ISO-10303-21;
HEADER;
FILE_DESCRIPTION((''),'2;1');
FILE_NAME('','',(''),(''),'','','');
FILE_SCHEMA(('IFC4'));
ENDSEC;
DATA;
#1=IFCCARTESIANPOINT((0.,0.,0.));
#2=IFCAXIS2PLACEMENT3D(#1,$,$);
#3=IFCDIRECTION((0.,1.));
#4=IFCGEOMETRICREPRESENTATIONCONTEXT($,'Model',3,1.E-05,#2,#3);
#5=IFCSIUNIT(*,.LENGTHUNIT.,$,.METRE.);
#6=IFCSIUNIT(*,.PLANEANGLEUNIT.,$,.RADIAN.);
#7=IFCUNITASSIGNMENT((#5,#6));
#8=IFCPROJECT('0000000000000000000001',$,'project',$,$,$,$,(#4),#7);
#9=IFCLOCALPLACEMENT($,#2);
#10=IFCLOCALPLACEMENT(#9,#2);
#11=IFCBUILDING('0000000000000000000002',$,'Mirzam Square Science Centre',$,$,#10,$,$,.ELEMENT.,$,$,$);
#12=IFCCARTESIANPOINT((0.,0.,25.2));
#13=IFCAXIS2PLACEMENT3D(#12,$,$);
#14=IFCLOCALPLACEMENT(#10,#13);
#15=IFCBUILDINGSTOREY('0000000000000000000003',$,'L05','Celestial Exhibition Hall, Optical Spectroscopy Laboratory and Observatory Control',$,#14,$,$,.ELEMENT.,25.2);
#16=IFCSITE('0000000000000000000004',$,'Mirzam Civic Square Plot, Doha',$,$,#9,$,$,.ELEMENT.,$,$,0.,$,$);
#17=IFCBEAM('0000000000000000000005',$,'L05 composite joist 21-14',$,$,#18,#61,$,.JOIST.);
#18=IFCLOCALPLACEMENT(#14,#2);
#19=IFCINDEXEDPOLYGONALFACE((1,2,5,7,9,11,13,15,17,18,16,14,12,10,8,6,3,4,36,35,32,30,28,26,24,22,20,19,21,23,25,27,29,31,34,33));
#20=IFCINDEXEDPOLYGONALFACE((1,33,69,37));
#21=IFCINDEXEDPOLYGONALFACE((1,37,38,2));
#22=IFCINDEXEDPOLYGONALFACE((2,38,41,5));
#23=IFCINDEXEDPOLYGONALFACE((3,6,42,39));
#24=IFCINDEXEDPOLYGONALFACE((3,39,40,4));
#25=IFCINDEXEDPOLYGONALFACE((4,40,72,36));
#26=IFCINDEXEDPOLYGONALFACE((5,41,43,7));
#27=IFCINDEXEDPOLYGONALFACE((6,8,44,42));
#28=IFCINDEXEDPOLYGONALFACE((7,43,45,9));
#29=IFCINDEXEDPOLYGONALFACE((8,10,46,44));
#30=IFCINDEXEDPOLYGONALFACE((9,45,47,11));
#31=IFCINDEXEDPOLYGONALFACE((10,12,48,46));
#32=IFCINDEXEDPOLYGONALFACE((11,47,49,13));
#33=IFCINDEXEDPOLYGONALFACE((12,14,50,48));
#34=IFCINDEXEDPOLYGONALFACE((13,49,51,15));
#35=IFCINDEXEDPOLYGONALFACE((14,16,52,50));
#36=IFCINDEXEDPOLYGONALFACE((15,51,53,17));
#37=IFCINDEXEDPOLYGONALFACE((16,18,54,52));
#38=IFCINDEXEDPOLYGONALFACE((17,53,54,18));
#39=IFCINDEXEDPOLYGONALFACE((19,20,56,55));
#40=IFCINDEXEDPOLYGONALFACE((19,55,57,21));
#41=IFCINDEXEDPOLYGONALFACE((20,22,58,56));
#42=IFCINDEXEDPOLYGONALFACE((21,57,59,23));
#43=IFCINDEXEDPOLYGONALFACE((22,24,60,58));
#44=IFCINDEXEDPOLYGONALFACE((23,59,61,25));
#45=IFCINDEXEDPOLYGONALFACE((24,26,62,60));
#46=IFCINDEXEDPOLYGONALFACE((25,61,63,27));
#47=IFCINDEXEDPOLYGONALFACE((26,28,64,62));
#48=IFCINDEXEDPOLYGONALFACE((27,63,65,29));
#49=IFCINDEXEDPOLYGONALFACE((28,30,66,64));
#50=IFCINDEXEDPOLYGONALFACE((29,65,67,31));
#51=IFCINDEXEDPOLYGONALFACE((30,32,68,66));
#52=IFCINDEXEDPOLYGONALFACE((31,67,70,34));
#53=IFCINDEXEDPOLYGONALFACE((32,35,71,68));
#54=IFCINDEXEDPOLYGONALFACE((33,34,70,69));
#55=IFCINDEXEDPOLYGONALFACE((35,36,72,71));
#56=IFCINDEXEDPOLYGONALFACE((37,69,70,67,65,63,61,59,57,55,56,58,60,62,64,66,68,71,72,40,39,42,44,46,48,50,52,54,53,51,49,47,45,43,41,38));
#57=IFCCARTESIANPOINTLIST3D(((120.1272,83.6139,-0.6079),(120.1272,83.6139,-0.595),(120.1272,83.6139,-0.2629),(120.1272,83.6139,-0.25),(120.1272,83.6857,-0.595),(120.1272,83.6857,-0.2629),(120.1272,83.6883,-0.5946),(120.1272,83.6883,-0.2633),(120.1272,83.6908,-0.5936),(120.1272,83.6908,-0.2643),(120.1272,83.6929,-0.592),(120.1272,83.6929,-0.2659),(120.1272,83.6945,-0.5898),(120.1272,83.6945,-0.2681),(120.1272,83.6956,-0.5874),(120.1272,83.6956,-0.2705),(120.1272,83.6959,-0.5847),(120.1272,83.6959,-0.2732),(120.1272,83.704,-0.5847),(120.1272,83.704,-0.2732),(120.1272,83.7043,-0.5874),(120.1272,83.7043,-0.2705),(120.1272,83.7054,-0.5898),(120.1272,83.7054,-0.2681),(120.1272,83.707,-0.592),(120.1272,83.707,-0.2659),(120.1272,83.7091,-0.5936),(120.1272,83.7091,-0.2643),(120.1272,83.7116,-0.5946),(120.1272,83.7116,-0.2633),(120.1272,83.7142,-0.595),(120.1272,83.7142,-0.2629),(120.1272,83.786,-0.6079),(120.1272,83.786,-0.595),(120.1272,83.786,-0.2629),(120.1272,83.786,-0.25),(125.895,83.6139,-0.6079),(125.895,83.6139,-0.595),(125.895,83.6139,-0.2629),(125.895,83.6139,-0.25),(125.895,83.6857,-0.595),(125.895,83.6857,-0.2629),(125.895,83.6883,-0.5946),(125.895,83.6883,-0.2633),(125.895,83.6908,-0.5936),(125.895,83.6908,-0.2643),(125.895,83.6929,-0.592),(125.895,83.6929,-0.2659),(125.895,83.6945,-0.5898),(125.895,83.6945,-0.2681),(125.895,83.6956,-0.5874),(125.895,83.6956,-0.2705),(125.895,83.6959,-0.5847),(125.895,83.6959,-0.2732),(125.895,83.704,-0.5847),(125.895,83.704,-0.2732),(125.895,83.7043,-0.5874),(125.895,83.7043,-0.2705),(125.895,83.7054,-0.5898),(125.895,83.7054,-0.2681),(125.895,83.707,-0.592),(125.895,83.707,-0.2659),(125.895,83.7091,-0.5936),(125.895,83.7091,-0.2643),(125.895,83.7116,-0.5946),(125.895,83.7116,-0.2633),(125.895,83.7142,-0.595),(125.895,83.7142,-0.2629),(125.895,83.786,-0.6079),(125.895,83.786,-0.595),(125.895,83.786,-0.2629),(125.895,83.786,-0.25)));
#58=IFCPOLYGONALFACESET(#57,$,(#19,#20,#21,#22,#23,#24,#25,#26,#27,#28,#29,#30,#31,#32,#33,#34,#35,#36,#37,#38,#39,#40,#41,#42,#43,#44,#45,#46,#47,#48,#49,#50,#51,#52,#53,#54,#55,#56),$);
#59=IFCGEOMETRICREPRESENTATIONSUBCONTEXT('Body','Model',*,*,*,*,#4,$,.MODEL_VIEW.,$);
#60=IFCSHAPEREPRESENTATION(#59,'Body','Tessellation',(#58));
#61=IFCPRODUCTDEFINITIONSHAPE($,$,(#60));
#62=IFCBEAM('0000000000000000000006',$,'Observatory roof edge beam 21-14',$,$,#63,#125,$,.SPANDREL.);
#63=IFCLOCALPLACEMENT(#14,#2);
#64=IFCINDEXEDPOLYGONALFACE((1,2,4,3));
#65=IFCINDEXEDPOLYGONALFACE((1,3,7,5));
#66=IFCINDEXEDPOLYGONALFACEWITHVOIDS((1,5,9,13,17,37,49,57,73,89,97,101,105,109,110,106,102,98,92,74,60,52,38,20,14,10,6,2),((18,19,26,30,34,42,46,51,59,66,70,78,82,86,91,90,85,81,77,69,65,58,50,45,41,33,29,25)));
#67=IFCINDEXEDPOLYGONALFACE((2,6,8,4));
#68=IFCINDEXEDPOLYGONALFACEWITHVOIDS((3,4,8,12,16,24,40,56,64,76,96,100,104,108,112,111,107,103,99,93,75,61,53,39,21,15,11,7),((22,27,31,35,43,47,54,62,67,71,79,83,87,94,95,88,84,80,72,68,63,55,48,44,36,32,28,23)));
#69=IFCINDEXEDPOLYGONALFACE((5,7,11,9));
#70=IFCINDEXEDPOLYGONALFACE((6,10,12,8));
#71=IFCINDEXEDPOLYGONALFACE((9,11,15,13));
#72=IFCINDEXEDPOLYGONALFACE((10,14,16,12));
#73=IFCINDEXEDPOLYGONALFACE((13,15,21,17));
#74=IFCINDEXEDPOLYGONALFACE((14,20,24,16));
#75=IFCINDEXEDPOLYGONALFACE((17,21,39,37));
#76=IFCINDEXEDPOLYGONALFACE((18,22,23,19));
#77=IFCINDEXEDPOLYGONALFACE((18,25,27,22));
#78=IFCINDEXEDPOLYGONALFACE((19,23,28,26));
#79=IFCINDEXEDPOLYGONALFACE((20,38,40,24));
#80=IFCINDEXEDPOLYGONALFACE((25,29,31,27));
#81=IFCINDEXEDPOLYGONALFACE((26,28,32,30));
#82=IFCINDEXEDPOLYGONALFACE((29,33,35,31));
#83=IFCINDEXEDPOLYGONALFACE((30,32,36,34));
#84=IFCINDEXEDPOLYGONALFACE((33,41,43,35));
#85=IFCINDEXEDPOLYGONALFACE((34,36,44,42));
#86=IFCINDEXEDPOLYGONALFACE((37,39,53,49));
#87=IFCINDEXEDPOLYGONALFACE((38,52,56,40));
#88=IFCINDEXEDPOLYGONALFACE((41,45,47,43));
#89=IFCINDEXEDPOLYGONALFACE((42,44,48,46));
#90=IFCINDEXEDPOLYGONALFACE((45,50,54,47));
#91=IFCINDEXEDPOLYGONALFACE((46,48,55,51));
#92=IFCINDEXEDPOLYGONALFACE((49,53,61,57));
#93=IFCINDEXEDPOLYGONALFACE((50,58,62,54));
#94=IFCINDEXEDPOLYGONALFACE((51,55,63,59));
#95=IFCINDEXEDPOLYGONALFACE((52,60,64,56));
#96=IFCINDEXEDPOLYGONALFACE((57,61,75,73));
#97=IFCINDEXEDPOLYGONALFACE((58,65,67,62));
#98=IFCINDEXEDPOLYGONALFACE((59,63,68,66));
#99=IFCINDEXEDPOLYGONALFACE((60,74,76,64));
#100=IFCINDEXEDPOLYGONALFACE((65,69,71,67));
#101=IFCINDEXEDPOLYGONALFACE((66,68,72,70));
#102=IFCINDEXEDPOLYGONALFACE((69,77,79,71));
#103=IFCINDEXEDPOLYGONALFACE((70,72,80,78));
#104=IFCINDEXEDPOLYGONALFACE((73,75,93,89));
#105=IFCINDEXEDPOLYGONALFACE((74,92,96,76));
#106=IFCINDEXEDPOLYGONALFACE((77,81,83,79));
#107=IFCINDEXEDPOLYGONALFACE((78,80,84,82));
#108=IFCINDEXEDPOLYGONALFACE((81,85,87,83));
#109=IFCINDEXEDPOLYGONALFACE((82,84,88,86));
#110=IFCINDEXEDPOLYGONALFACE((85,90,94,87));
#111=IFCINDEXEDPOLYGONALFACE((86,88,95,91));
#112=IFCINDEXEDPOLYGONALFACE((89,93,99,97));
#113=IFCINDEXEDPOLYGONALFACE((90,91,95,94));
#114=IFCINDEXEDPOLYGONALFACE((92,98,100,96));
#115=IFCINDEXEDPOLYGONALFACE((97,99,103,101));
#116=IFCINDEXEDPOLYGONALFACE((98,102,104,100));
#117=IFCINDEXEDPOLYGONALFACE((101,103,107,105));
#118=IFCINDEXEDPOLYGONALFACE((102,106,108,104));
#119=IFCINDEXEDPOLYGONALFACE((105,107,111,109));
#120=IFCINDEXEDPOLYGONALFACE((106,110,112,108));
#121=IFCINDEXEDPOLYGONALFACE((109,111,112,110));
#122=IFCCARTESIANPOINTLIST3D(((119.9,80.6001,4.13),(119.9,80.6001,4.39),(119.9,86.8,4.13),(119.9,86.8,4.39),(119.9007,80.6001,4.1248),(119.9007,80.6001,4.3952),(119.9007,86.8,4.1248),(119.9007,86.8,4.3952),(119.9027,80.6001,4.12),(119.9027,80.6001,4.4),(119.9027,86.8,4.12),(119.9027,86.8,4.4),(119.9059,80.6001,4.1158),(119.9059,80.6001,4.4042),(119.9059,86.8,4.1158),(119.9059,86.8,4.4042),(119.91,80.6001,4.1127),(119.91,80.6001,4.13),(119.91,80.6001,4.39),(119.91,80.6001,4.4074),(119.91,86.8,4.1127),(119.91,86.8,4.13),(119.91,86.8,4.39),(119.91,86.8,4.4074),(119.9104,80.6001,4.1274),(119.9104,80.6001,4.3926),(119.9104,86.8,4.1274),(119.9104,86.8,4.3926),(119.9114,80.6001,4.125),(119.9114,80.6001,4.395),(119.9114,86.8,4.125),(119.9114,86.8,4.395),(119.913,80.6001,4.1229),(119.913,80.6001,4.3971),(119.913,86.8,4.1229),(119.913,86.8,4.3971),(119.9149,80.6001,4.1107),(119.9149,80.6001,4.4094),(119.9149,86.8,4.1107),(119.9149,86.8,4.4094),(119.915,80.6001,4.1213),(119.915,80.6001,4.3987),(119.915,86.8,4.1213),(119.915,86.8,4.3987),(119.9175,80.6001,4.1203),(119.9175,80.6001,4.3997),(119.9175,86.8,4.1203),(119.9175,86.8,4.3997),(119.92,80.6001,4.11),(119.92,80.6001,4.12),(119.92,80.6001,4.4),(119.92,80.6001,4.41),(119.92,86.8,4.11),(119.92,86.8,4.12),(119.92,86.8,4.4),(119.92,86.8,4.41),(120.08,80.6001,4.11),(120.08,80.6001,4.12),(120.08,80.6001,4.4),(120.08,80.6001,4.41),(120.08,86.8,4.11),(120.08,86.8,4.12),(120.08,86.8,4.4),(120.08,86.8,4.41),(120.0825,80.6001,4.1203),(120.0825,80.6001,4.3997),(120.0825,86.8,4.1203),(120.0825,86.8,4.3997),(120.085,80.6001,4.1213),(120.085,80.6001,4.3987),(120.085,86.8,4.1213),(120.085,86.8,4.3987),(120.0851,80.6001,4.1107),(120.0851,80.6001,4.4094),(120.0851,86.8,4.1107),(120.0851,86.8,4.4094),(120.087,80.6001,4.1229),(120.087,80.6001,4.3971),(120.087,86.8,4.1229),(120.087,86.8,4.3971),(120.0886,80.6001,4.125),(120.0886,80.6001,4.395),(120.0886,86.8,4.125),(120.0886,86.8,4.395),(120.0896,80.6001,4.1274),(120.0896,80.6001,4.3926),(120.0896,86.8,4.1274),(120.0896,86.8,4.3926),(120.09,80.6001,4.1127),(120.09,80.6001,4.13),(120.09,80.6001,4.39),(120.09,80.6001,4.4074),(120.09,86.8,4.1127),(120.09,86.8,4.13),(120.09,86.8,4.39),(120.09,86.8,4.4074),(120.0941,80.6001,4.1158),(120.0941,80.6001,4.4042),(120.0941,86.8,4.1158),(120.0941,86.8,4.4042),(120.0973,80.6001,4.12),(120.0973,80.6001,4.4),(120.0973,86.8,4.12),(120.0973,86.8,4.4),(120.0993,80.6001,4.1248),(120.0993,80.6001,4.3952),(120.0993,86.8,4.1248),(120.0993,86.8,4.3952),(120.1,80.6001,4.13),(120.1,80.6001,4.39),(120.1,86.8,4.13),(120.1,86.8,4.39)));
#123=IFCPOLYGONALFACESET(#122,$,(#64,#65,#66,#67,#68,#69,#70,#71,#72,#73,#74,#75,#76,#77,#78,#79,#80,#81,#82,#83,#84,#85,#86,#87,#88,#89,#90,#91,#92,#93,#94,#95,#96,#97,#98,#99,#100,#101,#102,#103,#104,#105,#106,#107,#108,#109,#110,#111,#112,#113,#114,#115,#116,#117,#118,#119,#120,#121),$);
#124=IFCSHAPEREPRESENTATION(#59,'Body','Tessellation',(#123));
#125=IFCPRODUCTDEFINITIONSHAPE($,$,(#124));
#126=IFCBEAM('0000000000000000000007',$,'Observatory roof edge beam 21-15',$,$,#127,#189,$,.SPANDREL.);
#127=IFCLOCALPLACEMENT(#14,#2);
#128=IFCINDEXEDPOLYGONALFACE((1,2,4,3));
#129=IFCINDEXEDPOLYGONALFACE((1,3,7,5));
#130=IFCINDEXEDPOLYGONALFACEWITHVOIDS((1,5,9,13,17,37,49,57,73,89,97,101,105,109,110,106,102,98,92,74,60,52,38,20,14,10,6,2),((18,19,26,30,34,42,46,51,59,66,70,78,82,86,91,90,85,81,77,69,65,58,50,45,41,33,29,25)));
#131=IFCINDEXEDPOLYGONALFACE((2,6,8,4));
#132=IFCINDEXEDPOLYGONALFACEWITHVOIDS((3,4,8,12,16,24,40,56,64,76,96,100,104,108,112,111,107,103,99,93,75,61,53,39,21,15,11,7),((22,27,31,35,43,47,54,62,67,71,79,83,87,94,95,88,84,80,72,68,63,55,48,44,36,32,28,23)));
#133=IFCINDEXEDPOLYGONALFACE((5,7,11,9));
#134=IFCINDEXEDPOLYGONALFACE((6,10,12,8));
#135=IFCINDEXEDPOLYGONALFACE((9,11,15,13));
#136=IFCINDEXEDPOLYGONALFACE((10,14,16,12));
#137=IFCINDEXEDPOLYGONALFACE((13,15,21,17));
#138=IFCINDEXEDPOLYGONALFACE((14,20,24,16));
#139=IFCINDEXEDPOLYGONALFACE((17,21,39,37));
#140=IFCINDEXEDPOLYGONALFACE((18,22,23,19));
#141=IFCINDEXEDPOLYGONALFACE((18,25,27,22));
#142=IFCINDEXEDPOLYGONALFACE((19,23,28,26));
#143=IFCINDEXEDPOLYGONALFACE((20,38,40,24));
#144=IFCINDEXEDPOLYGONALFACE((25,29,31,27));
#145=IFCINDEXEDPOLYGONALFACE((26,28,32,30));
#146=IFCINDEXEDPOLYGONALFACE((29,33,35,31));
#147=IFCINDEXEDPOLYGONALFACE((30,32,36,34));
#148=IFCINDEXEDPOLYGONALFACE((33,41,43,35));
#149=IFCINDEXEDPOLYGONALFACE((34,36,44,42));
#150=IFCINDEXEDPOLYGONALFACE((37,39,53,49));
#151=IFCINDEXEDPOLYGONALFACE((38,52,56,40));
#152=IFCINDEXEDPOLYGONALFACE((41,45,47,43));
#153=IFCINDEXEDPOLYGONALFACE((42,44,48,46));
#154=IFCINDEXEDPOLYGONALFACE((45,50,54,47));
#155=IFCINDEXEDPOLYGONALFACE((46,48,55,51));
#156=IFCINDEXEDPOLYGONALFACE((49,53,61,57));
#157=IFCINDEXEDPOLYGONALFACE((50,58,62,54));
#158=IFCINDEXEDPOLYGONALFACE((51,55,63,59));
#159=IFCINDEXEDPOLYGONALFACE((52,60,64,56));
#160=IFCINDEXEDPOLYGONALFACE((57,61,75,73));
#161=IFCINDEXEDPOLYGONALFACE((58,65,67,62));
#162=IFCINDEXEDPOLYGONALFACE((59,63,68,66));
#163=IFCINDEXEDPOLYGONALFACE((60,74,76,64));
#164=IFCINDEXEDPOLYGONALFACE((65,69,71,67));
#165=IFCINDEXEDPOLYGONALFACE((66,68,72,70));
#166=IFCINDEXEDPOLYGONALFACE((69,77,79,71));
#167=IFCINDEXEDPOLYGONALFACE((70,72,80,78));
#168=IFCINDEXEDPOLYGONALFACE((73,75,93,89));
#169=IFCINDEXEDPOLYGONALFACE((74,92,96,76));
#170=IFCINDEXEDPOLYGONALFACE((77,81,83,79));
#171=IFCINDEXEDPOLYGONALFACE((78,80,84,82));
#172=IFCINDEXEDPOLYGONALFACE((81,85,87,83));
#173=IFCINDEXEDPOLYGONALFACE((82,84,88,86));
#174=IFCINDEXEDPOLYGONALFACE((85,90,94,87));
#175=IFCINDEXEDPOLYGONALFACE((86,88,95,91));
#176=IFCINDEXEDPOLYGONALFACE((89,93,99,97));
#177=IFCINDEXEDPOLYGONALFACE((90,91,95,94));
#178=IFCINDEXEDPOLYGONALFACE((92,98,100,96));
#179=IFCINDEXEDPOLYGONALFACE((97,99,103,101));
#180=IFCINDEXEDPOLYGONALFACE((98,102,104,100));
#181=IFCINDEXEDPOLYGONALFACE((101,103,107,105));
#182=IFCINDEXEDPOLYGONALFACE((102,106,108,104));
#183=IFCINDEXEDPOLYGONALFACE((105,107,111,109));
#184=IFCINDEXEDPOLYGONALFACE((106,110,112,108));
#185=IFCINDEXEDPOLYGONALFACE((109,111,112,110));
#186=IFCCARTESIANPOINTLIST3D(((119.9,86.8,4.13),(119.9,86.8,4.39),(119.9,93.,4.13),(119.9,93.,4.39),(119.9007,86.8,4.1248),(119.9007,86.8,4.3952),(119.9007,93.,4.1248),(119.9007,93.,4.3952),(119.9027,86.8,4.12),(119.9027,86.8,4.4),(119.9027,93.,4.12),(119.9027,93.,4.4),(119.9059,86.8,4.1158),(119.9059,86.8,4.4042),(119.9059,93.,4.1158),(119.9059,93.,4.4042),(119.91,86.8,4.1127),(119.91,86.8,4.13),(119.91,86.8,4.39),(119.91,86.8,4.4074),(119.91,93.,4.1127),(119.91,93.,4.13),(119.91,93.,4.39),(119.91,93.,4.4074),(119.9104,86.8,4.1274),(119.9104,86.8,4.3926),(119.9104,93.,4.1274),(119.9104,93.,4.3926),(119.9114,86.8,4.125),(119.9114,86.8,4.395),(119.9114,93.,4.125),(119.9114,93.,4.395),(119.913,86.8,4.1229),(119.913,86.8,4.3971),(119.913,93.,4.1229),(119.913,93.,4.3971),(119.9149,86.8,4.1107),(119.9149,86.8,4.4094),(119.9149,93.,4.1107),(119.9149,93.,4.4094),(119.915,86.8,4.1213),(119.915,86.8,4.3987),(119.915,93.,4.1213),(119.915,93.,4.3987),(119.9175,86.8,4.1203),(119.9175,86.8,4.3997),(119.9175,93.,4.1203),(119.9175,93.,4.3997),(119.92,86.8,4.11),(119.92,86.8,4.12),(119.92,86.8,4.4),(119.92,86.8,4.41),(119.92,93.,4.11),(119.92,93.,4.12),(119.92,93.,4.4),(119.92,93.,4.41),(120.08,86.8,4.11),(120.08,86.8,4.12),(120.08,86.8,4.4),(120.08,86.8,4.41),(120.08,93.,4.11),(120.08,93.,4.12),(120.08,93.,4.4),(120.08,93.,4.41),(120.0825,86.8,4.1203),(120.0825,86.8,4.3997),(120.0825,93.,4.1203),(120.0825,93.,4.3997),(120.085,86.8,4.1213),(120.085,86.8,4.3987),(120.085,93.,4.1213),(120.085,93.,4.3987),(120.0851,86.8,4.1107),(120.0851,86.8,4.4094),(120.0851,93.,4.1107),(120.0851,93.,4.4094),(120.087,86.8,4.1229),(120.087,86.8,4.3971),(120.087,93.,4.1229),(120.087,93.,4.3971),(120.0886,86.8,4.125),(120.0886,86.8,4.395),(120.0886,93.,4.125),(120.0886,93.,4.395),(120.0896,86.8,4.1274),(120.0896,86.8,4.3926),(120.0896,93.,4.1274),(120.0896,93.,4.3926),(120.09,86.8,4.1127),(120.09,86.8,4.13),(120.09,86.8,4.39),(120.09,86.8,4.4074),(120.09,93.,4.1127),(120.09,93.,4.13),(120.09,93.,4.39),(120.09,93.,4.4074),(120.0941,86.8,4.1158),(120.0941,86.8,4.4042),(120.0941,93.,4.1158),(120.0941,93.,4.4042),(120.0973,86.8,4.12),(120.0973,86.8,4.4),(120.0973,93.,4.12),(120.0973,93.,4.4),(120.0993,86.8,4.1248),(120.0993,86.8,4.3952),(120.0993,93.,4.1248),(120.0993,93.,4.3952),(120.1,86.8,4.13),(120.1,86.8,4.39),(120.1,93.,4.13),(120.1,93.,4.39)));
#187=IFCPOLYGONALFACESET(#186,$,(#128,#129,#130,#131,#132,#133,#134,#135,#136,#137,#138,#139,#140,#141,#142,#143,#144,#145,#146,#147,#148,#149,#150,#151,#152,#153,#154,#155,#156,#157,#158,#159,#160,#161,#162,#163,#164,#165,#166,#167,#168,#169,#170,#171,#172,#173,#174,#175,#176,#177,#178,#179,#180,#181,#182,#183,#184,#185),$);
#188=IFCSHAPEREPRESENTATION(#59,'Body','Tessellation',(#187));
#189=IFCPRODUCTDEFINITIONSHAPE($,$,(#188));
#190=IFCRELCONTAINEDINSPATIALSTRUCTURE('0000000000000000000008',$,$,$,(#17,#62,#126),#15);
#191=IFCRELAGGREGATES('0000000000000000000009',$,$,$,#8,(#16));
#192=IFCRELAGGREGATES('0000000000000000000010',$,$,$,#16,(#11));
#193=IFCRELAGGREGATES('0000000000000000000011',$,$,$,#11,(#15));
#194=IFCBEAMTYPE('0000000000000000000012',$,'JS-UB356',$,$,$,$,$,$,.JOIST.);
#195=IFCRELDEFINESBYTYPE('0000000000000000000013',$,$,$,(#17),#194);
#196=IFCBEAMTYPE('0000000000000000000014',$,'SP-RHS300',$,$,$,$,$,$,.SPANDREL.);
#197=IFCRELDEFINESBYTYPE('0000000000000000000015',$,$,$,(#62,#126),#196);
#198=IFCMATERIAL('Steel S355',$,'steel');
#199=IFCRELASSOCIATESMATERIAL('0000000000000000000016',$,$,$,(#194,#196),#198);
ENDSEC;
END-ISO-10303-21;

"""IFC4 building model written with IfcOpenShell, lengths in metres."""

from ifc_helpers import new_model, si_unit, direction, frame, origin, origin_2d, place, context, subcontext, project, spatial, hollow_rectangle, i_section, extrude, material, material_profile, profile_set, type_object, element, save


model = new_model("IFC4")

# Units and contexts
model_context = context("Model", 3, precision=1e-05, world=origin(), true_north=direction((0.0, 1.0)))
body_context = subcontext(model_context, "Body", "Model", "MODEL_VIEW")
ifc_project = project(units=[si_unit("LENGTHUNIT", "METRE"), si_unit("PLANEANGLEUNIT", "RADIAN")], contexts=[model_context])

# Site, building, storey
site_placement = place(None, origin())
site = spatial("IfcSite", under=ifc_project, at=site_placement, Name="Mirzam Civic Square Plot, Doha", CompositionType="ELEMENT", RefElevation=0.0)
building_placement = place(site_placement, origin())
building = spatial("IfcBuilding", under=site, at=building_placement, Name="Mirzam Square Science Centre", CompositionType="ELEMENT")
storey_placement = place(building_placement, frame((0.0, 0.0, 25.2)))
storey = spatial("IfcBuildingStorey", under=building, at=storey_placement, Name="L05", Description="Celestial Exhibition Hall, Optical Spectroscopy Laboratory and Observatory Control", CompositionType="ELEMENT", Elevation=25.2)

# Shared definitions
ifc_material_1 = material(Name="Steel S355", Category="steel")

# Beams
ifc_material_profile_1 = material_profile(ifc_material_1, i_section(OverallWidth=0.1721, OverallDepth=0.3579, WebThickness=0.0081, FlangeThickness=0.0129, FilletRadius=0.0103, at=origin_2d()), Name="356x171x57UB")
ifc_profile_set_1 = profile_set([ifc_material_profile_1], Name="Steel S355")
beam_type_1 = type_object("IfcBeamType", Name="JS-UB356", PredefinedType="JOIST", material=ifc_profile_set_1)
beam_1_placement = place(storey_placement, frame((120.1272, 83.7, -0.429), z_axis=(1.0, 0.0, 0.0), x_axis=(0.0, 1.0, 0.0)))
element("IfcBeam", 1, at=beam_1_placement, inside=storey, type_object=beam_type_1, Name="L05 composite joist 21-14", PredefinedType="JOIST", context=body_context, shape_type="SweptSolid", body=[
    extrude(i_section(OverallWidth=0.1721, OverallDepth=0.3579, WebThickness=0.0081, FlangeThickness=0.0129, FilletRadius=0.0103, at=origin_2d()), origin(), (0.0, 0.0, 1.0), 5.7678),
])
ifc_material_profile_2 = material_profile(ifc_material_1, hollow_rectangle(XDim=0.2, YDim=0.3, WallThickness=0.01, InnerFilletRadius=0.01, OuterFilletRadius=0.02, at=origin_2d()), Name="300x200x10.0RHS")
ifc_profile_set_2 = profile_set([ifc_material_profile_2], Name="Steel S355")
beam_type_2 = type_object("IfcBeamType", Name="SP-RHS300", PredefinedType="SPANDREL", material=ifc_profile_set_2)
for number, where, z_axis, x_axis, name in (
    (2, (120.0, 80.6001, 4.26), (0.0, 1.0, 0.0), (-1.0, 0.0, 0.0), "Observatory roof edge beam 21-14"),
    (3, (120.0, 86.8, 4.26), (0.0, 1.0, 0.0), (-1.0, 0.0, 0.0), "Observatory roof edge beam 21-15"),
):
    element("IfcBeam", number, at=place(storey_placement, frame(where, z_axis=z_axis, x_axis=x_axis)), inside=storey, type_object=beam_type_2, Name=name, PredefinedType="SPANDREL", context=body_context, shape_type="SweptSolid", body=[
        extrude(hollow_rectangle(XDim=0.2, YDim=0.3, WallThickness=0.01, InnerFilletRadius=0.01, OuterFilletRadius=0.02, at=origin_2d()), origin(), (0.0, 0.0, 1.0), 6.2),
    ])

save(model, "model.ifc")
